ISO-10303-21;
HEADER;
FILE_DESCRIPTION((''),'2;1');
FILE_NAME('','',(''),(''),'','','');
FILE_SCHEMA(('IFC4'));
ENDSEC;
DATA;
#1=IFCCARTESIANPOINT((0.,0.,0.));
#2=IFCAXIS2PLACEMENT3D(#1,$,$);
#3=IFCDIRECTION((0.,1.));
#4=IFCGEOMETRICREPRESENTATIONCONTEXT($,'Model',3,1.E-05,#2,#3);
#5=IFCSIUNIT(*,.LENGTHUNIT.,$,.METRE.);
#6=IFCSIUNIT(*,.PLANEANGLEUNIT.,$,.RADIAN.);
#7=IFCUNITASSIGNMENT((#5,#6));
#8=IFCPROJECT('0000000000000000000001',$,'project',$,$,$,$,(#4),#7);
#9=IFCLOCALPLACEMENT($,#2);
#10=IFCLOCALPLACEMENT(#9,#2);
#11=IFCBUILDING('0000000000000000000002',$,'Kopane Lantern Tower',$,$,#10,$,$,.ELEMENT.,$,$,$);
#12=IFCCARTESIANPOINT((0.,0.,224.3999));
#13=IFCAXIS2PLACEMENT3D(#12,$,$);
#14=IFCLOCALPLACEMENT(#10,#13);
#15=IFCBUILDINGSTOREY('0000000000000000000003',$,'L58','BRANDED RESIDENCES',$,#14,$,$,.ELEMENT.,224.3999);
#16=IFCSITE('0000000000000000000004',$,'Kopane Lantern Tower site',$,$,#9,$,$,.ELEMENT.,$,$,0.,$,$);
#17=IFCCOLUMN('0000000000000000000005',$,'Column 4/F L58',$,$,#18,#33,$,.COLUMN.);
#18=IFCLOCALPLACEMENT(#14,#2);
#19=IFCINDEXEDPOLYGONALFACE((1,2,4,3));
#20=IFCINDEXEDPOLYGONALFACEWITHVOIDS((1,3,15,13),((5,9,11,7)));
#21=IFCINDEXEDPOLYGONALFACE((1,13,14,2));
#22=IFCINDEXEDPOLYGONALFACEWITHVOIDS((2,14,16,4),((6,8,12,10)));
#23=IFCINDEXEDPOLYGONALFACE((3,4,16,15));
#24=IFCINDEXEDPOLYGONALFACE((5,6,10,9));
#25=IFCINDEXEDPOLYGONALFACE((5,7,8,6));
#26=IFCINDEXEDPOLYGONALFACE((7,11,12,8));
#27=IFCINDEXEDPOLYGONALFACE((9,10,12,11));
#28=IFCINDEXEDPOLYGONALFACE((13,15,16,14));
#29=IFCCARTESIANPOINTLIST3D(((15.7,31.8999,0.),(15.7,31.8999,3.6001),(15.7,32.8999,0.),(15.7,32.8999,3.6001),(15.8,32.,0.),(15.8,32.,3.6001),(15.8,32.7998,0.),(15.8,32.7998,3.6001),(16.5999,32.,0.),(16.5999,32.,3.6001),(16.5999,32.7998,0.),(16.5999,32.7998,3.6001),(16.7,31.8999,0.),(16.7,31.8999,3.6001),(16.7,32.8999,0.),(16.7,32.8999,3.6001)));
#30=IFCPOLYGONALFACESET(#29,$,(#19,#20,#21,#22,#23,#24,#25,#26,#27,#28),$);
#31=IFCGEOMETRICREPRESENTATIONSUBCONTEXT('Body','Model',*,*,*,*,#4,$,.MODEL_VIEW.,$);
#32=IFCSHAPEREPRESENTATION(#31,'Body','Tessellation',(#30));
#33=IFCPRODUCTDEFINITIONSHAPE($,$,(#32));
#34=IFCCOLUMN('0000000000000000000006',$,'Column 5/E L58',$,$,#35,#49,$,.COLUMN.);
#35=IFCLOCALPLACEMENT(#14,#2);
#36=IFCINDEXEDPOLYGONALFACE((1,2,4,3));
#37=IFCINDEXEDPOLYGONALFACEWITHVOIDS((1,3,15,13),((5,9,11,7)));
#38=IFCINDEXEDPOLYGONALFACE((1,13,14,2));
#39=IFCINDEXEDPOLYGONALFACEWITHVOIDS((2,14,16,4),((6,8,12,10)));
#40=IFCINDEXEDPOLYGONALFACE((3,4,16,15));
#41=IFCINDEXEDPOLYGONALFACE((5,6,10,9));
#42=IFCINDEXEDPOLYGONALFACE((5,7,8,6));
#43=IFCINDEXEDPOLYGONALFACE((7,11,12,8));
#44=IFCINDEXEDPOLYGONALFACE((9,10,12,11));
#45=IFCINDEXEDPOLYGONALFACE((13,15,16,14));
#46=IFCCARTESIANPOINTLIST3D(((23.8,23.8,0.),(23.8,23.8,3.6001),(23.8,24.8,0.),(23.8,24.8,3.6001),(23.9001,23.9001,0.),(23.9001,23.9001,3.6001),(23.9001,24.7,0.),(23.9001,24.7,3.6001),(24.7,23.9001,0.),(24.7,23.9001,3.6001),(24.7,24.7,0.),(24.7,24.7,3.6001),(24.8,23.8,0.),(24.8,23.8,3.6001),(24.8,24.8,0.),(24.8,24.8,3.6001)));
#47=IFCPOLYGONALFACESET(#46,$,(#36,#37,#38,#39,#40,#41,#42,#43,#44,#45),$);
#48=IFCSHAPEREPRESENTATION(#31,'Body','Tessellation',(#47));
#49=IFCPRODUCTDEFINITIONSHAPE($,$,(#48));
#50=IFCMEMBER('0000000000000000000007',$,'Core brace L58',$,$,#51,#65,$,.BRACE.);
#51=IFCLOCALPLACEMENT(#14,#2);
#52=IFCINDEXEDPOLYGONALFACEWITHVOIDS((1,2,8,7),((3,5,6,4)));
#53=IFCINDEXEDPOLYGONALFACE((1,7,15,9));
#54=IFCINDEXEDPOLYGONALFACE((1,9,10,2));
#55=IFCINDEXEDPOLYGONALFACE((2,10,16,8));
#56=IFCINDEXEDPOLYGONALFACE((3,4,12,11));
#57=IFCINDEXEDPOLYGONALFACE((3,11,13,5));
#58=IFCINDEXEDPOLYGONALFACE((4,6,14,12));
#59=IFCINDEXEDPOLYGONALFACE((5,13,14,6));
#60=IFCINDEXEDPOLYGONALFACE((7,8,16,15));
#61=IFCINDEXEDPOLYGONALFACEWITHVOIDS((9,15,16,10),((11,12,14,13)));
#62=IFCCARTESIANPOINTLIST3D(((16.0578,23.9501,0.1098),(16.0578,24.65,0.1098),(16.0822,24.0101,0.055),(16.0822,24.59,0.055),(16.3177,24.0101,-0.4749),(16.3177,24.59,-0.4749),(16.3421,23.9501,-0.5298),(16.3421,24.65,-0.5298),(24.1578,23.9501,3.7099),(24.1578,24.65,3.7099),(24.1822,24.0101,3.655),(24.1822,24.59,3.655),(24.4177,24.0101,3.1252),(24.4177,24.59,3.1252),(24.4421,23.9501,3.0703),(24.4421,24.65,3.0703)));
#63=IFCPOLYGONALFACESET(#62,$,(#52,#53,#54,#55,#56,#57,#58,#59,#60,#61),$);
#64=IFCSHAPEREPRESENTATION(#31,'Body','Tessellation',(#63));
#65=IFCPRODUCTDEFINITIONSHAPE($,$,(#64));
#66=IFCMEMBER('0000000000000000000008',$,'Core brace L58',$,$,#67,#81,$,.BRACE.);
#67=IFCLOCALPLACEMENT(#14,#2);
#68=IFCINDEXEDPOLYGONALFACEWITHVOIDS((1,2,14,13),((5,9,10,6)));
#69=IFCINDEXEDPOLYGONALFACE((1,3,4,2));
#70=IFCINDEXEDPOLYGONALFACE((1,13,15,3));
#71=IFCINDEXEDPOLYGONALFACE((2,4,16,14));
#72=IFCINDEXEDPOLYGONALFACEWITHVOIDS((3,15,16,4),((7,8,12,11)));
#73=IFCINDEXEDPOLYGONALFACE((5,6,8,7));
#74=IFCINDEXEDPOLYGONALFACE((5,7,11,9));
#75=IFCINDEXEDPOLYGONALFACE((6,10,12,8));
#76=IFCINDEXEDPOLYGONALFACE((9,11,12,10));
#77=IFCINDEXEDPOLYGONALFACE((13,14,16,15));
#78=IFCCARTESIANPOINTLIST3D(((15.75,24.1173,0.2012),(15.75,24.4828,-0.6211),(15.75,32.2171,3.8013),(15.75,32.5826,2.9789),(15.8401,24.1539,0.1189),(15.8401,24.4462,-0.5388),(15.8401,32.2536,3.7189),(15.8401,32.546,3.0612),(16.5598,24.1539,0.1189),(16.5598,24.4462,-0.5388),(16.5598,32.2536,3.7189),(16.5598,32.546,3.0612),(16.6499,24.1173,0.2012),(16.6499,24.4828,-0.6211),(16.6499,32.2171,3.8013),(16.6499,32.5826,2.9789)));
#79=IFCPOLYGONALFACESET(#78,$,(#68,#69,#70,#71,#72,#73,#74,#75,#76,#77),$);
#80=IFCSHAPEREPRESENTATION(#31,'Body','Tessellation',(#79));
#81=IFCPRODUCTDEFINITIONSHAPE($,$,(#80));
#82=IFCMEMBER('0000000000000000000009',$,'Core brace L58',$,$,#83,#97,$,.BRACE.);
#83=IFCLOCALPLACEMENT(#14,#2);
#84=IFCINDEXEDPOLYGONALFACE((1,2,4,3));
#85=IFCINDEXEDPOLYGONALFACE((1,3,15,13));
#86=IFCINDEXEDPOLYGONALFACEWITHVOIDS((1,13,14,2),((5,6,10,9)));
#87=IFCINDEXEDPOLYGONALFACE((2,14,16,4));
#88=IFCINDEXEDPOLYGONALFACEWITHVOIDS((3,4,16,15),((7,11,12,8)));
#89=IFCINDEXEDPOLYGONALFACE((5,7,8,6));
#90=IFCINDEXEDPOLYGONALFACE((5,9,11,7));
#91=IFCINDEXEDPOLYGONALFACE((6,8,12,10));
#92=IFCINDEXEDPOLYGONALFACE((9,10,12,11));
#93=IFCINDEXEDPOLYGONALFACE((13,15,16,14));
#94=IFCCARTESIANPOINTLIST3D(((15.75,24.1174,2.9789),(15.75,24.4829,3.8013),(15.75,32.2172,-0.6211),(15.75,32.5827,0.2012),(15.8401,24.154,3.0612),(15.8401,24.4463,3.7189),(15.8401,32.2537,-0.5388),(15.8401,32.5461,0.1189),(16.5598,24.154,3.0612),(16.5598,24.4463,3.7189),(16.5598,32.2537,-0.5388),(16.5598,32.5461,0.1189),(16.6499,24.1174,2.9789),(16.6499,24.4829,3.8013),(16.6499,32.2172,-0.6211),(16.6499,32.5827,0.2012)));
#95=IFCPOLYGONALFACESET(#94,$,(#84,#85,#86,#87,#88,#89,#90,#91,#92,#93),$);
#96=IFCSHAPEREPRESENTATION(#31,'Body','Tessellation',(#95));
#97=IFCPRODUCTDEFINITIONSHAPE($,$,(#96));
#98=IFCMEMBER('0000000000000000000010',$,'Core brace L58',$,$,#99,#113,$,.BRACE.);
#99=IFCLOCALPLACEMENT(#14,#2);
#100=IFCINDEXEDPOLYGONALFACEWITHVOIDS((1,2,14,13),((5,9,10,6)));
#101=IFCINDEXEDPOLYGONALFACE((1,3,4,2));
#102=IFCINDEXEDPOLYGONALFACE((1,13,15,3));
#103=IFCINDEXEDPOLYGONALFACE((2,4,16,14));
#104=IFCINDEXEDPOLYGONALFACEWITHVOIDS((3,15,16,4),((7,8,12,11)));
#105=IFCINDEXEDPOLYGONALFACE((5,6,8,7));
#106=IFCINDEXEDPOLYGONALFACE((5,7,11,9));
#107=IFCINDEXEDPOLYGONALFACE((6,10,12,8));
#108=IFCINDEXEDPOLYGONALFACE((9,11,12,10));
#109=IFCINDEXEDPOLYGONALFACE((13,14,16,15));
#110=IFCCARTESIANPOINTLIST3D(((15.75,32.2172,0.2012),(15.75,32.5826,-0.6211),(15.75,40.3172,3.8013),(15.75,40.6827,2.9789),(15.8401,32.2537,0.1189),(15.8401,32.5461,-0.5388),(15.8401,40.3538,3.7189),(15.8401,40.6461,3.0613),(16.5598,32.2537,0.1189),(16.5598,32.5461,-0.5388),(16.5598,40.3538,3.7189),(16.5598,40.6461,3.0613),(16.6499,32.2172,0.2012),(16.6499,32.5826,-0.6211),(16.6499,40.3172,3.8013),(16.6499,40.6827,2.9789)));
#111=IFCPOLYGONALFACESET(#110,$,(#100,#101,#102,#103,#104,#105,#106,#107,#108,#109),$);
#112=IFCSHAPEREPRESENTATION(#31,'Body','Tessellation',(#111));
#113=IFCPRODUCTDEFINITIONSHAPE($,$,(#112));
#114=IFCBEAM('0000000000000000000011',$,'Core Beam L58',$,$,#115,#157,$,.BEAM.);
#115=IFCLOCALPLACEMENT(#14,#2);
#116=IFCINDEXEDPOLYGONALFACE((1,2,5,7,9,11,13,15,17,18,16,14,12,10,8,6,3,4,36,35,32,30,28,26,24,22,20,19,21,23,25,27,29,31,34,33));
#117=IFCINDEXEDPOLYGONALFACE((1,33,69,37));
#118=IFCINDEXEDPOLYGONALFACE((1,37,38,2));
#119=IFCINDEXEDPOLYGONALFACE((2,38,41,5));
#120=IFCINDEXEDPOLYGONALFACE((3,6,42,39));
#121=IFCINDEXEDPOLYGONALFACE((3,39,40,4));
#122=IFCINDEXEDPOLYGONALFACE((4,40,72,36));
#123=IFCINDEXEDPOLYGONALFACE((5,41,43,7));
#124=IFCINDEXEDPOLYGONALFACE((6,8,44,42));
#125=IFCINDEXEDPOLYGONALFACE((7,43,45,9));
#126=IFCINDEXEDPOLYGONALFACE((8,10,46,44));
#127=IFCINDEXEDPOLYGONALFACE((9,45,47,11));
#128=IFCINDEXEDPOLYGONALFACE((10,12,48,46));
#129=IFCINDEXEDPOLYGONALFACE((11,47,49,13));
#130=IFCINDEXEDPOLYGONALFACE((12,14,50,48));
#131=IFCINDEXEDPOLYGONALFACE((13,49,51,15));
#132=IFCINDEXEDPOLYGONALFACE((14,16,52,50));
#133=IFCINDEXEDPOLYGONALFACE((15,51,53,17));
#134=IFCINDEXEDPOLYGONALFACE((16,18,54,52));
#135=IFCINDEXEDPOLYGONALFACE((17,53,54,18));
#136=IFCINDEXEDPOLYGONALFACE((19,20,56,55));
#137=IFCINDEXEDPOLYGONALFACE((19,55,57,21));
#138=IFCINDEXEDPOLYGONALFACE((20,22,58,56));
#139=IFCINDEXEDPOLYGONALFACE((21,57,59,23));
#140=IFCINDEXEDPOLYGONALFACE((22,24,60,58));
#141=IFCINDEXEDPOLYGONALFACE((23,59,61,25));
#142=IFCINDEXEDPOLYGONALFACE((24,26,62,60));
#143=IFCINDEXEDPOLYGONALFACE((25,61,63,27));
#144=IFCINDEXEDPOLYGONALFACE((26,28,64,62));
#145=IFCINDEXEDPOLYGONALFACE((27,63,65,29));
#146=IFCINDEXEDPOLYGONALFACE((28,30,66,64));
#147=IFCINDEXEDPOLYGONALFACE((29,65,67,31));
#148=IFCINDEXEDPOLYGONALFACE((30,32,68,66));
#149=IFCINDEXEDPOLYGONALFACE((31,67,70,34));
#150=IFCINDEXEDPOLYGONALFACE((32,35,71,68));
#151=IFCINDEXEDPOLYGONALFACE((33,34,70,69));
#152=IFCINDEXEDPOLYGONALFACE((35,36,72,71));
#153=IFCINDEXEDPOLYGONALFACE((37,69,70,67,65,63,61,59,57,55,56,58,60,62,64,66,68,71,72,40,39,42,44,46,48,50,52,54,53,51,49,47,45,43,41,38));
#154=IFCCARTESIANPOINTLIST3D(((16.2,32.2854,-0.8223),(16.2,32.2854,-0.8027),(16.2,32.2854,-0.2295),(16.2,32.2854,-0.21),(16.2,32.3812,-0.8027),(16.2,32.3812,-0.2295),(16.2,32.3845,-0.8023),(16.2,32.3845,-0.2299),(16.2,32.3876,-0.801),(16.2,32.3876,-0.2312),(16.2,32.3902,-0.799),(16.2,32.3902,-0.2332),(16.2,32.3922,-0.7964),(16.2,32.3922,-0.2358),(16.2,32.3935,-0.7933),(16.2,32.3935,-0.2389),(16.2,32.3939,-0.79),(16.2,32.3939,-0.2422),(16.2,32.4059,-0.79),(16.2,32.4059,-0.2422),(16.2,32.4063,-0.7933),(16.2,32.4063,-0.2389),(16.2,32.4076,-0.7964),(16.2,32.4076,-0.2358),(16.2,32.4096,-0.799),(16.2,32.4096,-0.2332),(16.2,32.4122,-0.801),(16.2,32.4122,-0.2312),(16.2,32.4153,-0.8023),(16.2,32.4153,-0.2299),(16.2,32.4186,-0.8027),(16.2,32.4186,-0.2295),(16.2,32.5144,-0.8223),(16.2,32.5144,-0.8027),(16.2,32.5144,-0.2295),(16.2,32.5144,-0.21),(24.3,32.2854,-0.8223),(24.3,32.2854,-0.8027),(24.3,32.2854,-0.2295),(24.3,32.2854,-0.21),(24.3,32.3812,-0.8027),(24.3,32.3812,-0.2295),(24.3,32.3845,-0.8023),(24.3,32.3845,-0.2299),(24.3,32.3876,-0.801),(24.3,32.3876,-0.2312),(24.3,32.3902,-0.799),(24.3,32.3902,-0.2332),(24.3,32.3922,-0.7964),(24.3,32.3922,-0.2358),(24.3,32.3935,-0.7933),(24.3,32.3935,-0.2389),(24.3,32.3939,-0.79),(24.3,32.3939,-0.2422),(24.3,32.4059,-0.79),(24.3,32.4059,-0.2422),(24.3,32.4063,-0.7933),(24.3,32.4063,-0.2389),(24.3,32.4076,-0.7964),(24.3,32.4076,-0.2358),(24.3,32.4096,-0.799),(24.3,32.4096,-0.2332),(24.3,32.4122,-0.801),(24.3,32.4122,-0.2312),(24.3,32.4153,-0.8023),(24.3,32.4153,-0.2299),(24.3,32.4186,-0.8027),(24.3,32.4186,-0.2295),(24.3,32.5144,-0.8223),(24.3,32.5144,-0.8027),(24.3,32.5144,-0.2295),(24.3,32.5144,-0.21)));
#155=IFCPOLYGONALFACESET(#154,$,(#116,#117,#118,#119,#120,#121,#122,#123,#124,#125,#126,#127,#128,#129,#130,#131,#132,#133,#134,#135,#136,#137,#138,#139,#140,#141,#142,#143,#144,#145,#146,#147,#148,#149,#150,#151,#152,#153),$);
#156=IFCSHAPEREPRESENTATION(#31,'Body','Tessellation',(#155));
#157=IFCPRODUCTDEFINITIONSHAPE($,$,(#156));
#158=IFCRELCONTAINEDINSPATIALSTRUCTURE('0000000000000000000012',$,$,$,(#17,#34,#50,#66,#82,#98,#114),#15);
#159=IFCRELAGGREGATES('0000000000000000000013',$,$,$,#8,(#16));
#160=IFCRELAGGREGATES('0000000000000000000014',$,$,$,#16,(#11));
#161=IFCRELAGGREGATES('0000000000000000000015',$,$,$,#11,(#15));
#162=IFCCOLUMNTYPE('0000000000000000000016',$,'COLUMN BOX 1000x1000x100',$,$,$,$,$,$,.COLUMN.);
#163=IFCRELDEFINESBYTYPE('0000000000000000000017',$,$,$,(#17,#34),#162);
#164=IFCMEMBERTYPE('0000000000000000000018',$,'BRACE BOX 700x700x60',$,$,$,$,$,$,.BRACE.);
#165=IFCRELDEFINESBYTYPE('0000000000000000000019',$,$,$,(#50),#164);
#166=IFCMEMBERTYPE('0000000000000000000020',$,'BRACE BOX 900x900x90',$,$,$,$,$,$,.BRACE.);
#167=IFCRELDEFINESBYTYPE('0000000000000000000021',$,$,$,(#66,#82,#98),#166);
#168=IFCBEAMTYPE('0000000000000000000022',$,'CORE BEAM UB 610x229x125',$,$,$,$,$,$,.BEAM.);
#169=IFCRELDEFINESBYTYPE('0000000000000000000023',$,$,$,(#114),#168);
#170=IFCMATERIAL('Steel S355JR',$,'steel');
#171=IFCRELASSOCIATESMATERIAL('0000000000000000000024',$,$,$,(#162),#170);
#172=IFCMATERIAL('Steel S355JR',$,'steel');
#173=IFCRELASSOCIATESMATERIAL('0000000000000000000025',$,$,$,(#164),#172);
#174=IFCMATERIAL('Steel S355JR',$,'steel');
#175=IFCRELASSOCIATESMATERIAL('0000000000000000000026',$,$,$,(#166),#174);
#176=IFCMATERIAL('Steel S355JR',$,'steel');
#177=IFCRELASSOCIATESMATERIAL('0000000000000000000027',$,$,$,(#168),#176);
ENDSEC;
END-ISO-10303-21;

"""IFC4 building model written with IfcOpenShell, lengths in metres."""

from ifc_helpers import new_model, si_unit, direction, frame, origin, origin_2d, place, context, subcontext, project, spatial, hollow_rectangle, i_section, extrude, material, material_profile, profile_set, type_object, element, save


model = new_model("IFC4")

# Units and contexts
model_context = context("Model", 3, precision=1e-05, world=origin(), true_north=direction((0.0, 1.0)))
body_context = subcontext(model_context, "Body", "Model", "MODEL_VIEW")
ifc_project = project(units=[si_unit("LENGTHUNIT", "METRE"), si_unit("PLANEANGLEUNIT", "RADIAN")], contexts=[model_context])

# Site, building, storey
site_placement = place(None, origin())
site = spatial("IfcSite", under=ifc_project, at=site_placement, Name="Kopane Lantern Tower site", CompositionType="ELEMENT", RefElevation=0.0)
building_placement = place(site_placement, origin())
building = spatial("IfcBuilding", under=site, at=building_placement, Name="Kopane Lantern Tower", CompositionType="ELEMENT")
storey_placement = place(building_placement, frame((0.0, 0.0, 224.3999)))
storey = spatial("IfcBuildingStorey", under=building, at=storey_placement, Name="L58", Description="BRANDED RESIDENCES", CompositionType="ELEMENT", Elevation=224.3999)

# Columns
ifc_material_1 = material(Name="Steel S355JR", Category="steel")
ifc_material_profile_1 = material_profile(ifc_material_1, hollow_rectangle(XDim=1.0, YDim=1.0, WallThickness=0.1001, at=origin_2d()), Name="BOX 1000x1000x100")
ifc_profile_set_1 = profile_set([ifc_material_profile_1], Name="Steel S355JR")
column_type = type_object("IfcColumnType", Name="COLUMN BOX 1000x1000x100", PredefinedType="COLUMN", material=ifc_profile_set_1)
for number, where, z_axis, x_axis, name in (
    (1, (16.2, 32.3999, 0.0), (0.0, 0.0, 1.0), (1.0, 0.0, 0.0), "Column 4/F L58"),
    (2, (24.3, 24.3, 0.0), (0.0, 0.0, 1.0), (1.0, 0.0, 0.0), "Column 5/E L58"),
):
    element("IfcColumn", number, at=place(storey_placement, frame(where, z_axis=z_axis, x_axis=x_axis)), inside=storey, type_object=column_type, Name=name, PredefinedType="COLUMN", context=body_context, shape_type="SweptSolid", body=[
        extrude(hollow_rectangle(XDim=1.0, YDim=1.0, WallThickness=0.1001, at=origin_2d()), origin(), (0.0, 0.0, 1.0), 3.6001),
    ])

# Members
ifc_material_2 = material(Name="Steel S355JR", Category="steel")
ifc_material_profile_2 = material_profile(ifc_material_2, hollow_rectangle(XDim=0.7, YDim=0.7, WallThickness=0.0601, at=origin_2d()), Name="BOX 700x700x60")
ifc_profile_set_2 = profile_set([ifc_material_profile_2], Name="Steel S355JR")
member_type_1 = type_object("IfcMemberType", Name="BRACE BOX 700x700x60", PredefinedType="BRACE", material=ifc_profile_set_2)
member_1_placement = place(storey_placement, frame((16.2, 24.3, -0.21), z_axis=(0.913809, 0.0, 0.406144), x_axis=(0.0, 1.0, 0.0)))
element("IfcMember", 3, at=member_1_placement, inside=storey, type_object=member_type_1, Name="Core brace L58", PredefinedType="BRACE", context=body_context, shape_type="SweptSolid", body=[
    extrude(hollow_rectangle(XDim=0.7, YDim=0.7, WallThickness=0.0601, at=origin_2d()), origin(), (0.0, 0.0, 1.0), 8.864),
])
ifc_material_3 = material(Name="Steel S355JR", Category="steel")
ifc_material_profile_3 = material_profile(ifc_material_3, hollow_rectangle(XDim=0.8999, YDim=0.8999, WallThickness=0.0901, at=origin_2d()), Name="BOX 900x900x90")
ifc_profile_set_3 = profile_set([ifc_material_profile_3], Name="Steel S355JR")
member_type_2 = type_object("IfcMemberType", Name="BRACE BOX 900x900x90", PredefinedType="BRACE", material=ifc_profile_set_3)
for number, where, z_axis, x_axis, name in (
    (4, (16.2, 24.3, -0.21), (0.0, 0.913805, 0.406154), (-1.0, 0.0, 0.0), "Core brace L58"),
    (5, (16.2, 32.3999, -0.21), (0.0, -0.913805, 0.406154), (1.0, 0.0, 0.0), "Core brace L58"),
):
    element("IfcMember", number, at=place(storey_placement, frame(where, z_axis=z_axis, x_axis=x_axis)), inside=storey, type_object=member_type_2, Name=name, PredefinedType="BRACE", context=body_context, shape_type="SweptSolid", body=[
        extrude(hollow_rectangle(XDim=0.8999, YDim=0.8999, WallThickness=0.0901, at=origin_2d()), origin(), (0.0, 0.0, 1.0), 8.8638),
    ])
member_2_placement = place(storey_placement, frame((16.2, 32.3999, -0.21), z_axis=(0.0, 0.913809, 0.406144), x_axis=(-1.0, 0.0, 0.0)))
element("IfcMember", 6, at=member_2_placement, inside=storey, type_object=member_type_2, Name="Core brace L58", PredefinedType="BRACE", context=body_context, shape_type="SweptSolid", body=[
    extrude(hollow_rectangle(XDim=0.8999, YDim=0.8999, WallThickness=0.0901, at=origin_2d()), origin(), (0.0, 0.0, 1.0), 8.864),
])

# Beam
ifc_material_4 = material(Name="Steel S355JR", Category="steel")
ifc_material_profile_4 = material_profile(ifc_material_4, i_section(OverallWidth=0.229, OverallDepth=0.6123, WebThickness=0.012, FlangeThickness=0.0195, FilletRadius=0.0127, at=origin_2d()), Name="UB 610x229x125")
ifc_profile_set_4 = profile_set([ifc_material_profile_4], Name="Steel S355JR")
beam_type_1 = type_object("IfcBeamType", Name="CORE BEAM UB 610x229x125", PredefinedType="BEAM", material=ifc_profile_set_4)
beam_1_placement = place(storey_placement, frame((16.2, 32.3999, -0.5161), z_axis=(1.0, 0.0, 0.0), x_axis=(0.0, 1.0, 0.0)))
element("IfcBeam", 7, at=beam_1_placement, inside=storey, type_object=beam_type_1, Name="Core Beam L58", PredefinedType="BEAM", context=body_context, shape_type="SweptSolid", body=[
    extrude(i_section(OverallWidth=0.229, OverallDepth=0.6123, WebThickness=0.012, FlangeThickness=0.0195, FilletRadius=0.0127, at=origin_2d()), origin(), (0.0, 0.0, 1.0), 8.1001),
])

save(model, "model.ifc")
